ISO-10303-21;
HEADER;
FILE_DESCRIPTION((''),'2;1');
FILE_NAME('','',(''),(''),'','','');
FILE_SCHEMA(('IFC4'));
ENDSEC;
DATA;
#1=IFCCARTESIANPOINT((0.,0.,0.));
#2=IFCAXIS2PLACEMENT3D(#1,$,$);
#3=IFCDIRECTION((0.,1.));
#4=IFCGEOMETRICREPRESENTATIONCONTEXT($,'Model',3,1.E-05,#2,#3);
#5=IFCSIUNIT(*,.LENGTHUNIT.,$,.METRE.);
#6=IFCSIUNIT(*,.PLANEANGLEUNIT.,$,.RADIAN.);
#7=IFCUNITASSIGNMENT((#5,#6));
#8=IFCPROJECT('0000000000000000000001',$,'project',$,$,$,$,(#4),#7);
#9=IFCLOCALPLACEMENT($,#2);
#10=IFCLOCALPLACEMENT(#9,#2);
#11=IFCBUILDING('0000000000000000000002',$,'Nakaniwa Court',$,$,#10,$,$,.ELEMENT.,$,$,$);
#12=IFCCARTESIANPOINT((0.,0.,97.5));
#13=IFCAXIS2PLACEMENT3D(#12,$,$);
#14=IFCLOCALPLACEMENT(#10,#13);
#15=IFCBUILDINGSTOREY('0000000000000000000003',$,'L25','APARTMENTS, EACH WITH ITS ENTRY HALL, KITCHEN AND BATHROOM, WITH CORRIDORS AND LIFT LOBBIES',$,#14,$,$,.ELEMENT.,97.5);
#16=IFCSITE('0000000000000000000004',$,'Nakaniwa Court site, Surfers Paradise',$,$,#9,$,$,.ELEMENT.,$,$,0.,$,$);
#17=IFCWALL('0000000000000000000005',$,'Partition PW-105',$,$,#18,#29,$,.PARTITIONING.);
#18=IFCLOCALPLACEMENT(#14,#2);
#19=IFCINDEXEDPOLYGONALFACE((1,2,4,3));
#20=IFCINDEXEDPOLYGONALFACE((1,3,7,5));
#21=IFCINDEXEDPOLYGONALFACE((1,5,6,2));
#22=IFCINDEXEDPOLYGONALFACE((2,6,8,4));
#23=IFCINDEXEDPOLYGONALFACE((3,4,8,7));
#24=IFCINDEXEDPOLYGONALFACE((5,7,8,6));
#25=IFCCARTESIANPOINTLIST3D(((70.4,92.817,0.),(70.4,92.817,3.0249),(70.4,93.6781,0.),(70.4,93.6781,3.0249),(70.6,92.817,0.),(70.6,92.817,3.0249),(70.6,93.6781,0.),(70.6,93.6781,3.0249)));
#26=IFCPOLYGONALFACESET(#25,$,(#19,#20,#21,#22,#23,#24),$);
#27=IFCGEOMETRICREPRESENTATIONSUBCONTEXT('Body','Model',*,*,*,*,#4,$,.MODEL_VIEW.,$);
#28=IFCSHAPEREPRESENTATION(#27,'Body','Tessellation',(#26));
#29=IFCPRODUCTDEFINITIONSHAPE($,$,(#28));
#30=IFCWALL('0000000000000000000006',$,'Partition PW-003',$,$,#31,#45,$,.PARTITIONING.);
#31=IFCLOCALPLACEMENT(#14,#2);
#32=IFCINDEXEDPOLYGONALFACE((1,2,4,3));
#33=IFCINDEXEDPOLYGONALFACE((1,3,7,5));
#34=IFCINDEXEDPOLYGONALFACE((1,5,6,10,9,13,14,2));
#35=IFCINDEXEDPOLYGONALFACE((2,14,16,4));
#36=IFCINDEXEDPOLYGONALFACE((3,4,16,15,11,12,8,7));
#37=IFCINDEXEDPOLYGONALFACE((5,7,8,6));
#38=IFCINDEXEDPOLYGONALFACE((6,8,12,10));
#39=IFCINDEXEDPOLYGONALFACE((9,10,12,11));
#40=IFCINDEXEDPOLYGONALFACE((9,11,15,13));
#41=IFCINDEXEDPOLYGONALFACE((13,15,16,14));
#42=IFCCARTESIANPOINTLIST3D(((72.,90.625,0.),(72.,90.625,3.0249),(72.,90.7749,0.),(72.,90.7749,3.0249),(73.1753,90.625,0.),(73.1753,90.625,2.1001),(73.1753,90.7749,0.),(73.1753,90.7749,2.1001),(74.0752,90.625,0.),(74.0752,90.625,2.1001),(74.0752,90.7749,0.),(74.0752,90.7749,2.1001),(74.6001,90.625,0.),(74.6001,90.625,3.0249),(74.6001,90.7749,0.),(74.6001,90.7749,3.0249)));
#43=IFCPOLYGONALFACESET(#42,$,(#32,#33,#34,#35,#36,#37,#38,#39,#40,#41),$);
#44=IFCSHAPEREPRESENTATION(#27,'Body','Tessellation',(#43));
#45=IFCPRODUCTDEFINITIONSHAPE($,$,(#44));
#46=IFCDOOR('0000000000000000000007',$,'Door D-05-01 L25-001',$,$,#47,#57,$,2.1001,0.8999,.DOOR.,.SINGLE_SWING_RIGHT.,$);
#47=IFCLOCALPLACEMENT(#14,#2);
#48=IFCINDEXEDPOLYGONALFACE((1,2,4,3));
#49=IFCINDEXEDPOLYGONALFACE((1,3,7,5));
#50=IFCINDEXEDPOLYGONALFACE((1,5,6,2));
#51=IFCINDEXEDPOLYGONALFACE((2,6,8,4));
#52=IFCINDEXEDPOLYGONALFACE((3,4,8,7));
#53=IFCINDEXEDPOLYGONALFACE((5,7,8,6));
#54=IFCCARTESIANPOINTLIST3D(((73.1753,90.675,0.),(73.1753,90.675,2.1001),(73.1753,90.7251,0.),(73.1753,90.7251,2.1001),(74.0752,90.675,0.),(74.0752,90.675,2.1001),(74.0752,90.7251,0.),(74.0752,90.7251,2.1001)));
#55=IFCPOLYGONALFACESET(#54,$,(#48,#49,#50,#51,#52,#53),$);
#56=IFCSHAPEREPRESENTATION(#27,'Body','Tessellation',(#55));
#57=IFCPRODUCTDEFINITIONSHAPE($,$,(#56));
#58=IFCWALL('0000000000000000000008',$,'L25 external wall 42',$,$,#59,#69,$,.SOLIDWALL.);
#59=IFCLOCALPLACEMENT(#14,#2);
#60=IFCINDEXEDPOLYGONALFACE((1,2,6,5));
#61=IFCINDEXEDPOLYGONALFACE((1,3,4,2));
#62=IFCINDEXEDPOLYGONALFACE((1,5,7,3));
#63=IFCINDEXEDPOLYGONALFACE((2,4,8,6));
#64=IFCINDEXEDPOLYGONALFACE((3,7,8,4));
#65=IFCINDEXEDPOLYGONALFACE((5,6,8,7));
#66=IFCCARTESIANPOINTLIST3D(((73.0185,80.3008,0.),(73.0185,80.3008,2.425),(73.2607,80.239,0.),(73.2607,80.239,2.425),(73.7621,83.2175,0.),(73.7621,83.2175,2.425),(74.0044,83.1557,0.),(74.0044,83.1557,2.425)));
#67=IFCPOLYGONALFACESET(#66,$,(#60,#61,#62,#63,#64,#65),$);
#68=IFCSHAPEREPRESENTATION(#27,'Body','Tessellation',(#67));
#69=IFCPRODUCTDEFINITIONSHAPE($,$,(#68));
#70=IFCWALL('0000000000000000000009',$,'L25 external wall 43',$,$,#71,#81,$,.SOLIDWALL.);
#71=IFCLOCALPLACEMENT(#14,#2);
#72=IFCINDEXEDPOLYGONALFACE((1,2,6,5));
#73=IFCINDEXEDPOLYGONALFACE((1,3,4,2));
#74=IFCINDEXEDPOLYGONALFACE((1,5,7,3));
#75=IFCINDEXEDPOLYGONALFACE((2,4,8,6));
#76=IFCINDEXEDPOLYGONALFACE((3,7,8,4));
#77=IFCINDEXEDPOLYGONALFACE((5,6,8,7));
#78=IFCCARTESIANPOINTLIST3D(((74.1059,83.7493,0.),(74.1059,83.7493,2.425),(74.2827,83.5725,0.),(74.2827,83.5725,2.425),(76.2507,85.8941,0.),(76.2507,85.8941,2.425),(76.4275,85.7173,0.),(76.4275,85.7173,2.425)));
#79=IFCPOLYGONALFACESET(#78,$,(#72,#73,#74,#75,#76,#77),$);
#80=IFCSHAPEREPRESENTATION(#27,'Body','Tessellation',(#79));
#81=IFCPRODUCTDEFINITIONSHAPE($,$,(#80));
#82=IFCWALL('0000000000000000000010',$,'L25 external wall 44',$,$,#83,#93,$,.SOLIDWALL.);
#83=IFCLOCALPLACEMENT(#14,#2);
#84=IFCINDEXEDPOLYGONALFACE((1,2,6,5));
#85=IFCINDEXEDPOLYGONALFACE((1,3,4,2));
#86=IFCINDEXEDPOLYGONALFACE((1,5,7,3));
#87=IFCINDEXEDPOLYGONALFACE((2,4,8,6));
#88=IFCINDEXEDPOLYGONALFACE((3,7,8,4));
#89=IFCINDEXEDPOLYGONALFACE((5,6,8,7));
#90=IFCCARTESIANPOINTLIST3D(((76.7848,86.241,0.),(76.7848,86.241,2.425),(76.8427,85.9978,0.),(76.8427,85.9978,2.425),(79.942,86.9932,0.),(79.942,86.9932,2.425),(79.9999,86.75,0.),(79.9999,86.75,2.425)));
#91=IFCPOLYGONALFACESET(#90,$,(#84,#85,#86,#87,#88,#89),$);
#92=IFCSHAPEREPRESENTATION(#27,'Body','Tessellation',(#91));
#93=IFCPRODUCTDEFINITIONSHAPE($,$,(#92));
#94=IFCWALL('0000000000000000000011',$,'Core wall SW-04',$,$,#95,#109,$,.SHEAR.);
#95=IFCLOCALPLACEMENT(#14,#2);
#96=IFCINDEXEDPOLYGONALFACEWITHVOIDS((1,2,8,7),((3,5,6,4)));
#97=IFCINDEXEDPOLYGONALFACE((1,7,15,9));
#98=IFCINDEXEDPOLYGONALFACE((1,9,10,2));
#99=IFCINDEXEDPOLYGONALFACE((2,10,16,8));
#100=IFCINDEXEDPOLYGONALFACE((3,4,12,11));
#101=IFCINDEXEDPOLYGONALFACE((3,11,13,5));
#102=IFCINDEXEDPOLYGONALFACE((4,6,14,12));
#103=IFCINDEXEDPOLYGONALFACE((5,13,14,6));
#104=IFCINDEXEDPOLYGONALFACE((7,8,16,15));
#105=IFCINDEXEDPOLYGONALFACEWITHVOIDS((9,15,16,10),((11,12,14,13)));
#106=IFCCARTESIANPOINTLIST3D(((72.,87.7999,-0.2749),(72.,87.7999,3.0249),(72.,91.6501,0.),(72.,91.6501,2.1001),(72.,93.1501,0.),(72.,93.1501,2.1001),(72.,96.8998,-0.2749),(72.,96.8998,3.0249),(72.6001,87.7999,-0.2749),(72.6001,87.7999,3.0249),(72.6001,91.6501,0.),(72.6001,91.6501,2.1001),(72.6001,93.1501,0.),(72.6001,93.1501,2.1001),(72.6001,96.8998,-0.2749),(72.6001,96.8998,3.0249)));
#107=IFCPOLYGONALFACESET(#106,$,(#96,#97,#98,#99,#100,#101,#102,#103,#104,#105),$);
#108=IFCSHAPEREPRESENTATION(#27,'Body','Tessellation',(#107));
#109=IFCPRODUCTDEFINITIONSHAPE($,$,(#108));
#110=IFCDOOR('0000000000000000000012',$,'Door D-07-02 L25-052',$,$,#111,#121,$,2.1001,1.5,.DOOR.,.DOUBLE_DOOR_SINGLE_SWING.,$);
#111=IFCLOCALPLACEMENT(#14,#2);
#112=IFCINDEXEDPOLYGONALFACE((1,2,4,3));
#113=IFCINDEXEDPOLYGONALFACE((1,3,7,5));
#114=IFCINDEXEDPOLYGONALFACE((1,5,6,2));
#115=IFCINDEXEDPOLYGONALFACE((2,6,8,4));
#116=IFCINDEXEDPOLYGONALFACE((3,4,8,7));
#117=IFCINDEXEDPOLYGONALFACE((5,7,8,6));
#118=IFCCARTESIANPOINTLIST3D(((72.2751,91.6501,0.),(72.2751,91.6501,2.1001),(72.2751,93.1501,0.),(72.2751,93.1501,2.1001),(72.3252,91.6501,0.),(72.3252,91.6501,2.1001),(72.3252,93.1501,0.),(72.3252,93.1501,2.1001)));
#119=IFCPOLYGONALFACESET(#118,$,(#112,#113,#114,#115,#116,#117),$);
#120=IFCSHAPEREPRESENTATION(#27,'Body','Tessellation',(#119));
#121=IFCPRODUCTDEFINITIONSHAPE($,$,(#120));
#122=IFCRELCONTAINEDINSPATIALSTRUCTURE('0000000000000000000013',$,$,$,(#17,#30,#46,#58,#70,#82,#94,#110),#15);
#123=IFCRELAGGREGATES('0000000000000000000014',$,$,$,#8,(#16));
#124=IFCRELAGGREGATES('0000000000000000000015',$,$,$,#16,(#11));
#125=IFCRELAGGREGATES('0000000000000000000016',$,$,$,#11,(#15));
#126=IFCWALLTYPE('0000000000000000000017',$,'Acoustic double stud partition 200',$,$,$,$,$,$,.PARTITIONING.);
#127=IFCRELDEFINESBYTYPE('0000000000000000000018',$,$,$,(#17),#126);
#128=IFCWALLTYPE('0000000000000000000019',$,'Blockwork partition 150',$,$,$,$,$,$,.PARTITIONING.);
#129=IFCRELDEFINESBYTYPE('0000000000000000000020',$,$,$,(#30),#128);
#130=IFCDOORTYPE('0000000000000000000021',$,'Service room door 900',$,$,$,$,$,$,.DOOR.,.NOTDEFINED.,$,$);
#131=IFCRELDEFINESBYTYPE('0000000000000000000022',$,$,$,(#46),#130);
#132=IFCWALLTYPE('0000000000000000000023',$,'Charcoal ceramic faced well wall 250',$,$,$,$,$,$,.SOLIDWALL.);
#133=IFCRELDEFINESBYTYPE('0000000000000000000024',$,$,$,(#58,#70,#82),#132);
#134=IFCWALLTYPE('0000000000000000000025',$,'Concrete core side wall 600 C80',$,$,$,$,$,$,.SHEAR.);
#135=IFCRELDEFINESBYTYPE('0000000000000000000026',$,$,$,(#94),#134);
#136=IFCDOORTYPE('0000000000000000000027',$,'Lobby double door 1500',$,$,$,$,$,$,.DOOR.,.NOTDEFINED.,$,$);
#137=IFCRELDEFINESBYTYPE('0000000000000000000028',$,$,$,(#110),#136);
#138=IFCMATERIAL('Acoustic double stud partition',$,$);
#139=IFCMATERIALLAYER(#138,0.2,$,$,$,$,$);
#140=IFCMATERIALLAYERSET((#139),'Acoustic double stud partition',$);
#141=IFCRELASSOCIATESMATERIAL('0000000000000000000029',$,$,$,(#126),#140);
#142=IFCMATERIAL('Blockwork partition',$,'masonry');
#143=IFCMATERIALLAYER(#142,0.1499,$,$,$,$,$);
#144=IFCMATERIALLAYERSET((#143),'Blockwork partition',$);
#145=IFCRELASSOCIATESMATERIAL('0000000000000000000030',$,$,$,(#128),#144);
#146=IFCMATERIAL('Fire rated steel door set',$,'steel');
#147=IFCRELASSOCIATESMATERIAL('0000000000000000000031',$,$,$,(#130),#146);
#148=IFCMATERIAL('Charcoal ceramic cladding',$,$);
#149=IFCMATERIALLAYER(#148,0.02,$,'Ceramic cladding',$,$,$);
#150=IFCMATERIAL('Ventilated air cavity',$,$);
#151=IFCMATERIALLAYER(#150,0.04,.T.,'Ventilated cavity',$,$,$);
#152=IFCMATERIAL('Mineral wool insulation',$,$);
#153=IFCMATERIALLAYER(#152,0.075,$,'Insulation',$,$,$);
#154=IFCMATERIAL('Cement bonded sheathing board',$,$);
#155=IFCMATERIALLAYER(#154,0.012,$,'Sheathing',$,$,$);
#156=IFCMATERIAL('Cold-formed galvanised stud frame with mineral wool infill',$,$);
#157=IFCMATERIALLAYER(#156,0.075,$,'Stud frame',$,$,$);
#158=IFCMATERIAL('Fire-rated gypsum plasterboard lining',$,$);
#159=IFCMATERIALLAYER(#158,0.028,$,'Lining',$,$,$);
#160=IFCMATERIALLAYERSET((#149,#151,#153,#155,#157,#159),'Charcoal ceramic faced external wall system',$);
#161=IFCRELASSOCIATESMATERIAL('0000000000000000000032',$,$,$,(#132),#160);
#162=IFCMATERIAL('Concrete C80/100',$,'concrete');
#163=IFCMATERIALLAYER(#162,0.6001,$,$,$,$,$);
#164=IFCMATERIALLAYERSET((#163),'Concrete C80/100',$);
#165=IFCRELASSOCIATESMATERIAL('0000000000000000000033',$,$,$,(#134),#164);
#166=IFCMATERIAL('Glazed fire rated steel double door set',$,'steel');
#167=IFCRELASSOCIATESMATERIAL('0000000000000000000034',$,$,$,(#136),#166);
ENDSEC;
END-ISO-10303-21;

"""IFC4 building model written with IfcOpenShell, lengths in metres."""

from ifc_helpers import new_model, si_unit, direction, frame, frame_2d, origin, place, context, subcontext, project, spatial, rectangle, extrude, material, layer, layer_set, type_object, element, fill, save


model = new_model("IFC4")

# Units and contexts
model_context = context("Model", 3, precision=1e-05, world=origin(), true_north=direction((0.0, 1.0)))
body_context = subcontext(model_context, "Body", "Model", "MODEL_VIEW")
ifc_project = project(units=[si_unit("LENGTHUNIT", "METRE"), si_unit("PLANEANGLEUNIT", "RADIAN")], contexts=[model_context])

# Site, building, storey
site_placement = place(None, origin())
site = spatial("IfcSite", under=ifc_project, at=site_placement, Name="Nakaniwa Court site, Surfers Paradise", CompositionType="ELEMENT", RefElevation=0.0)
building_placement = place(site_placement, origin())
building = spatial("IfcBuilding", under=site, at=building_placement, Name="Nakaniwa Court", CompositionType="ELEMENT")
storey_placement = place(building_placement, frame((0.0, 0.0, 97.5)))
storey = spatial("IfcBuildingStorey", under=building, at=storey_placement, Name="L25", Description="APARTMENTS, EACH WITH ITS ENTRY HALL, KITCHEN AND BATHROOM, WITH CORRIDORS AND LIFT LOBBIES", CompositionType="ELEMENT", Elevation=97.5)

# Shared definitions
ifc_material_1 = material(Name="Concrete C80/100", Category="concrete")

# Shared definitions
ifc_material_2 = material(Name="Acoustic double stud partition")
ifc_layer_1 = layer(ifc_material_2, 0.2)
ifc_layer_set_1 = layer_set([ifc_layer_1], Name="Acoustic double stud partition")
wall_type_1 = type_object("IfcWallType", Name="Acoustic double stud partition 200", PredefinedType="PARTITIONING", material=ifc_layer_set_1)

# Wall
wall_1_placement = place(storey_placement, frame((70.5, 92.8169, 0.0), z_axis=(0.0, 0.0, 1.0), x_axis=(0.0, 1.0, 0.0)))
element("IfcWall", 1, at=wall_1_placement, inside=storey, type_object=wall_type_1, Name="Partition PW-105", PredefinedType="PARTITIONING", context=body_context, shape_type="SweptSolid", body=[
    extrude(rectangle(XDim=0.8611, YDim=0.2, at=frame_2d((0.4307, 0.0))), origin(), (0.0, 0.0, 1.0), 3.0249),
])

# Wall, opening, door
ifc_material_3 = material(Name="Blockwork partition", Category="masonry")
ifc_layer_2 = layer(ifc_material_3, 0.1499)
ifc_layer_set_2 = layer_set([ifc_layer_2], Name="Blockwork partition")
wall_type_2 = type_object("IfcWallType", Name="Blockwork partition 150", PredefinedType="PARTITIONING", material=ifc_layer_set_2)
wall_2_placement = place(storey_placement, frame((74.6001, 90.7, 0.0), z_axis=(0.0, 0.0, 1.0), x_axis=(-1.0, 0.0, 0.0)))
wall_2 = element("IfcWall", 2, at=wall_2_placement, inside=storey, type_object=wall_type_2, Name="Partition PW-003", PredefinedType="PARTITIONING", context=body_context, shape_type="SweptSolid", body=[
    extrude(rectangle(XDim=2.6001, YDim=0.1499, at=frame_2d((1.3, 0.0))), origin(), (0.0, 0.0, 1.0), 3.0249),
])
opening_1_placement = place(wall_2_placement, frame((0.5249, 0.0, 0.0)))
opening_1 = element("IfcOpeningElement", 3, at=opening_1_placement, cuts=wall_2, PredefinedType="OPENING", context=body_context, shape_type="SweptSolid", body=[
    extrude(rectangle(XDim=0.8999, YDim=2.1001, at=frame_2d((0.45, 1.05))), frame((0.0, 0.085, 0.0), z_axis=(0.0, -1.0, 0.0), x_axis=(1.0, 0.0, 0.0)), (0.0, 0.0, 1.0), 0.1699),
])
ifc_material_4 = material(Name="Fire rated steel door set", Category="steel")
door_type_1 = type_object("IfcDoorType", Name="Service room door 900", OperationType="NOTDEFINED", PredefinedType="DOOR", material=ifc_material_4)
door_1_placement = place(opening_1_placement, origin())
door_1 = element("IfcDoor", 4, at=door_1_placement, inside=storey, type_object=door_type_1, Name="Door D-05-01 L25-001", OperationType="SINGLE_SWING_RIGHT", OverallHeight=2.1001, OverallWidth=0.8999, PredefinedType="DOOR", context=body_context, shape_type="SweptSolid", body=[
    extrude(rectangle(XDim=0.8999, YDim=2.1001, at=frame_2d((0.45, 1.05))), frame((0.0, 0.0249, 0.0), z_axis=(0.0, -1.0, 0.0), x_axis=(1.0, 0.0, 0.0)), (0.0, 0.0, 1.0), 0.05),
])
fill(opening_1, door_1)

# Walls
ifc_material_5 = material(Name="Charcoal ceramic cladding")
ifc_layer_3 = layer(ifc_material_5, 0.02, Name="Ceramic cladding")
ifc_material_6 = material(Name="Ventilated air cavity")
ifc_layer_4 = layer(ifc_material_6, 0.04, ventilated=True, Name="Ventilated cavity")
ifc_material_7 = material(Name="Mineral wool insulation")
ifc_layer_5 = layer(ifc_material_7, 0.075, Name="Insulation")
ifc_material_8 = material(Name="Cement bonded sheathing board")
ifc_layer_6 = layer(ifc_material_8, 0.012, Name="Sheathing")
ifc_material_9 = material(Name="Cold-formed galvanised stud frame with mineral wool infill")
ifc_layer_7 = layer(ifc_material_9, 0.075, Name="Stud frame")
ifc_material_10 = material(Name="Fire-rated gypsum plasterboard lining")
ifc_layer_8 = layer(ifc_material_10, 0.028, Name="Lining")
ifc_layer_set_3 = layer_set([ifc_layer_3, ifc_layer_4, ifc_layer_5, ifc_layer_6, ifc_layer_7, ifc_layer_8], Name="Charcoal ceramic faced external wall system")
wall_type_3 = type_object("IfcWallType", Name="Charcoal ceramic faced well wall 250", PredefinedType="SOLIDWALL", material=ifc_layer_set_3)
wall_3_placement = place(storey_placement, frame((73.1396, 80.27, 0.0), z_axis=(0.0, 0.0, 1.0), x_axis=(0.247056, 0.969001, 0.0)))
element("IfcWall", 5, at=wall_3_placement, inside=storey, type_object=wall_type_3, Name="L25 external wall 42", PredefinedType="SOLIDWALL", context=body_context, shape_type="SweptSolid", body=[
    extrude(rectangle(XDim=3.01, YDim=0.25, at=frame_2d((1.5049, 0.0))), origin(), (0.0, 0.0, 1.0), 2.425),
])
wall_4_placement = place(storey_placement, frame((74.1943, 83.6609, 0.0), z_axis=(0.0, 0.0, 1.0), x_axis=(0.707107, 0.707107, 0.0)))
element("IfcWall", 6, at=wall_4_placement, inside=storey, type_object=wall_type_3, Name="L25 external wall 43", PredefinedType="SOLIDWALL", context=body_context, shape_type="SweptSolid", body=[
    extrude(rectangle(XDim=3.0332, YDim=0.25, at=frame_2d((1.5166, 0.0))), origin(), (0.0, 0.0, 1.0), 2.425),
])
wall_5_placement = place(storey_placement, frame((76.8137, 86.1194, 0.0), z_axis=(0.0, 0.0, 1.0), x_axis=(0.972773, 0.23176, 0.0)))
element("IfcWall", 7, at=wall_5_placement, inside=storey, type_object=wall_type_3, Name="L25 external wall 44", PredefinedType="SOLIDWALL", context=body_context, shape_type="SweptSolid", body=[
    extrude(rectangle(XDim=3.2456, YDim=0.25, at=frame_2d((1.6228, 0.0))), origin(), (0.0, 0.0, 1.0), 2.425),
])

# Wall, opening, door
ifc_layer_9 = layer(ifc_material_1, 0.6001)
ifc_layer_set_4 = layer_set([ifc_layer_9], Name="Concrete C80/100")
wall_type_4 = type_object("IfcWallType", Name="Concrete core side wall 600 C80", PredefinedType="SHEAR", material=ifc_layer_set_4)
wall_6_placement = place(storey_placement, frame((72.3, 87.8, -0.2749), z_axis=(0.0, 0.0, 1.0), x_axis=(0.0, 1.0, 0.0)))
wall_6 = element("IfcWall", 8, at=wall_6_placement, inside=storey, type_object=wall_type_4, Name="Core wall SW-04", PredefinedType="SHEAR", context=body_context, shape_type="SweptSolid", body=[
    extrude(rectangle(XDim=9.0999, YDim=0.6001, at=frame_2d((4.5498, 0.0))), origin(), (0.0, 0.0, 1.0), 3.2998),
])
opening_2_placement = place(wall_6_placement, frame((3.8501, 0.0, 0.2749)))
opening_2 = element("IfcOpeningElement", 9, at=opening_2_placement, cuts=wall_6, PredefinedType="OPENING", context=body_context, shape_type="SweptSolid", body=[
    extrude(rectangle(XDim=1.5, YDim=2.1001, at=frame_2d((0.75, 1.05))), frame((0.0, 0.3101, 0.0), z_axis=(0.0, -1.0, 0.0), x_axis=(1.0, 0.0, 0.0)), (0.0, 0.0, 1.0), 0.6201),
])
ifc_material_11 = material(Name="Glazed fire rated steel double door set", Category="steel")
door_type_2 = type_object("IfcDoorType", Name="Lobby double door 1500", OperationType="NOTDEFINED", PredefinedType="DOOR", material=ifc_material_11)
door_2_placement = place(opening_2_placement, origin())
door_2 = element("IfcDoor", 10, at=door_2_placement, inside=storey, type_object=door_type_2, Name="Door D-07-02 L25-052", OperationType="DOUBLE_DOOR_SINGLE_SWING", OverallHeight=2.1001, OverallWidth=1.5, PredefinedType="DOOR", context=body_context, shape_type="SweptSolid", body=[
    extrude(rectangle(XDim=1.5, YDim=2.1001, at=frame_2d((0.75, 1.05))), frame((0.0, 0.0249, 0.0), z_axis=(0.0, -1.0, 0.0), x_axis=(1.0, 0.0, 0.0)), (0.0, 0.0, 1.0), 0.05),
])
fill(opening_2, door_2)

save(model, "model.ifc")
